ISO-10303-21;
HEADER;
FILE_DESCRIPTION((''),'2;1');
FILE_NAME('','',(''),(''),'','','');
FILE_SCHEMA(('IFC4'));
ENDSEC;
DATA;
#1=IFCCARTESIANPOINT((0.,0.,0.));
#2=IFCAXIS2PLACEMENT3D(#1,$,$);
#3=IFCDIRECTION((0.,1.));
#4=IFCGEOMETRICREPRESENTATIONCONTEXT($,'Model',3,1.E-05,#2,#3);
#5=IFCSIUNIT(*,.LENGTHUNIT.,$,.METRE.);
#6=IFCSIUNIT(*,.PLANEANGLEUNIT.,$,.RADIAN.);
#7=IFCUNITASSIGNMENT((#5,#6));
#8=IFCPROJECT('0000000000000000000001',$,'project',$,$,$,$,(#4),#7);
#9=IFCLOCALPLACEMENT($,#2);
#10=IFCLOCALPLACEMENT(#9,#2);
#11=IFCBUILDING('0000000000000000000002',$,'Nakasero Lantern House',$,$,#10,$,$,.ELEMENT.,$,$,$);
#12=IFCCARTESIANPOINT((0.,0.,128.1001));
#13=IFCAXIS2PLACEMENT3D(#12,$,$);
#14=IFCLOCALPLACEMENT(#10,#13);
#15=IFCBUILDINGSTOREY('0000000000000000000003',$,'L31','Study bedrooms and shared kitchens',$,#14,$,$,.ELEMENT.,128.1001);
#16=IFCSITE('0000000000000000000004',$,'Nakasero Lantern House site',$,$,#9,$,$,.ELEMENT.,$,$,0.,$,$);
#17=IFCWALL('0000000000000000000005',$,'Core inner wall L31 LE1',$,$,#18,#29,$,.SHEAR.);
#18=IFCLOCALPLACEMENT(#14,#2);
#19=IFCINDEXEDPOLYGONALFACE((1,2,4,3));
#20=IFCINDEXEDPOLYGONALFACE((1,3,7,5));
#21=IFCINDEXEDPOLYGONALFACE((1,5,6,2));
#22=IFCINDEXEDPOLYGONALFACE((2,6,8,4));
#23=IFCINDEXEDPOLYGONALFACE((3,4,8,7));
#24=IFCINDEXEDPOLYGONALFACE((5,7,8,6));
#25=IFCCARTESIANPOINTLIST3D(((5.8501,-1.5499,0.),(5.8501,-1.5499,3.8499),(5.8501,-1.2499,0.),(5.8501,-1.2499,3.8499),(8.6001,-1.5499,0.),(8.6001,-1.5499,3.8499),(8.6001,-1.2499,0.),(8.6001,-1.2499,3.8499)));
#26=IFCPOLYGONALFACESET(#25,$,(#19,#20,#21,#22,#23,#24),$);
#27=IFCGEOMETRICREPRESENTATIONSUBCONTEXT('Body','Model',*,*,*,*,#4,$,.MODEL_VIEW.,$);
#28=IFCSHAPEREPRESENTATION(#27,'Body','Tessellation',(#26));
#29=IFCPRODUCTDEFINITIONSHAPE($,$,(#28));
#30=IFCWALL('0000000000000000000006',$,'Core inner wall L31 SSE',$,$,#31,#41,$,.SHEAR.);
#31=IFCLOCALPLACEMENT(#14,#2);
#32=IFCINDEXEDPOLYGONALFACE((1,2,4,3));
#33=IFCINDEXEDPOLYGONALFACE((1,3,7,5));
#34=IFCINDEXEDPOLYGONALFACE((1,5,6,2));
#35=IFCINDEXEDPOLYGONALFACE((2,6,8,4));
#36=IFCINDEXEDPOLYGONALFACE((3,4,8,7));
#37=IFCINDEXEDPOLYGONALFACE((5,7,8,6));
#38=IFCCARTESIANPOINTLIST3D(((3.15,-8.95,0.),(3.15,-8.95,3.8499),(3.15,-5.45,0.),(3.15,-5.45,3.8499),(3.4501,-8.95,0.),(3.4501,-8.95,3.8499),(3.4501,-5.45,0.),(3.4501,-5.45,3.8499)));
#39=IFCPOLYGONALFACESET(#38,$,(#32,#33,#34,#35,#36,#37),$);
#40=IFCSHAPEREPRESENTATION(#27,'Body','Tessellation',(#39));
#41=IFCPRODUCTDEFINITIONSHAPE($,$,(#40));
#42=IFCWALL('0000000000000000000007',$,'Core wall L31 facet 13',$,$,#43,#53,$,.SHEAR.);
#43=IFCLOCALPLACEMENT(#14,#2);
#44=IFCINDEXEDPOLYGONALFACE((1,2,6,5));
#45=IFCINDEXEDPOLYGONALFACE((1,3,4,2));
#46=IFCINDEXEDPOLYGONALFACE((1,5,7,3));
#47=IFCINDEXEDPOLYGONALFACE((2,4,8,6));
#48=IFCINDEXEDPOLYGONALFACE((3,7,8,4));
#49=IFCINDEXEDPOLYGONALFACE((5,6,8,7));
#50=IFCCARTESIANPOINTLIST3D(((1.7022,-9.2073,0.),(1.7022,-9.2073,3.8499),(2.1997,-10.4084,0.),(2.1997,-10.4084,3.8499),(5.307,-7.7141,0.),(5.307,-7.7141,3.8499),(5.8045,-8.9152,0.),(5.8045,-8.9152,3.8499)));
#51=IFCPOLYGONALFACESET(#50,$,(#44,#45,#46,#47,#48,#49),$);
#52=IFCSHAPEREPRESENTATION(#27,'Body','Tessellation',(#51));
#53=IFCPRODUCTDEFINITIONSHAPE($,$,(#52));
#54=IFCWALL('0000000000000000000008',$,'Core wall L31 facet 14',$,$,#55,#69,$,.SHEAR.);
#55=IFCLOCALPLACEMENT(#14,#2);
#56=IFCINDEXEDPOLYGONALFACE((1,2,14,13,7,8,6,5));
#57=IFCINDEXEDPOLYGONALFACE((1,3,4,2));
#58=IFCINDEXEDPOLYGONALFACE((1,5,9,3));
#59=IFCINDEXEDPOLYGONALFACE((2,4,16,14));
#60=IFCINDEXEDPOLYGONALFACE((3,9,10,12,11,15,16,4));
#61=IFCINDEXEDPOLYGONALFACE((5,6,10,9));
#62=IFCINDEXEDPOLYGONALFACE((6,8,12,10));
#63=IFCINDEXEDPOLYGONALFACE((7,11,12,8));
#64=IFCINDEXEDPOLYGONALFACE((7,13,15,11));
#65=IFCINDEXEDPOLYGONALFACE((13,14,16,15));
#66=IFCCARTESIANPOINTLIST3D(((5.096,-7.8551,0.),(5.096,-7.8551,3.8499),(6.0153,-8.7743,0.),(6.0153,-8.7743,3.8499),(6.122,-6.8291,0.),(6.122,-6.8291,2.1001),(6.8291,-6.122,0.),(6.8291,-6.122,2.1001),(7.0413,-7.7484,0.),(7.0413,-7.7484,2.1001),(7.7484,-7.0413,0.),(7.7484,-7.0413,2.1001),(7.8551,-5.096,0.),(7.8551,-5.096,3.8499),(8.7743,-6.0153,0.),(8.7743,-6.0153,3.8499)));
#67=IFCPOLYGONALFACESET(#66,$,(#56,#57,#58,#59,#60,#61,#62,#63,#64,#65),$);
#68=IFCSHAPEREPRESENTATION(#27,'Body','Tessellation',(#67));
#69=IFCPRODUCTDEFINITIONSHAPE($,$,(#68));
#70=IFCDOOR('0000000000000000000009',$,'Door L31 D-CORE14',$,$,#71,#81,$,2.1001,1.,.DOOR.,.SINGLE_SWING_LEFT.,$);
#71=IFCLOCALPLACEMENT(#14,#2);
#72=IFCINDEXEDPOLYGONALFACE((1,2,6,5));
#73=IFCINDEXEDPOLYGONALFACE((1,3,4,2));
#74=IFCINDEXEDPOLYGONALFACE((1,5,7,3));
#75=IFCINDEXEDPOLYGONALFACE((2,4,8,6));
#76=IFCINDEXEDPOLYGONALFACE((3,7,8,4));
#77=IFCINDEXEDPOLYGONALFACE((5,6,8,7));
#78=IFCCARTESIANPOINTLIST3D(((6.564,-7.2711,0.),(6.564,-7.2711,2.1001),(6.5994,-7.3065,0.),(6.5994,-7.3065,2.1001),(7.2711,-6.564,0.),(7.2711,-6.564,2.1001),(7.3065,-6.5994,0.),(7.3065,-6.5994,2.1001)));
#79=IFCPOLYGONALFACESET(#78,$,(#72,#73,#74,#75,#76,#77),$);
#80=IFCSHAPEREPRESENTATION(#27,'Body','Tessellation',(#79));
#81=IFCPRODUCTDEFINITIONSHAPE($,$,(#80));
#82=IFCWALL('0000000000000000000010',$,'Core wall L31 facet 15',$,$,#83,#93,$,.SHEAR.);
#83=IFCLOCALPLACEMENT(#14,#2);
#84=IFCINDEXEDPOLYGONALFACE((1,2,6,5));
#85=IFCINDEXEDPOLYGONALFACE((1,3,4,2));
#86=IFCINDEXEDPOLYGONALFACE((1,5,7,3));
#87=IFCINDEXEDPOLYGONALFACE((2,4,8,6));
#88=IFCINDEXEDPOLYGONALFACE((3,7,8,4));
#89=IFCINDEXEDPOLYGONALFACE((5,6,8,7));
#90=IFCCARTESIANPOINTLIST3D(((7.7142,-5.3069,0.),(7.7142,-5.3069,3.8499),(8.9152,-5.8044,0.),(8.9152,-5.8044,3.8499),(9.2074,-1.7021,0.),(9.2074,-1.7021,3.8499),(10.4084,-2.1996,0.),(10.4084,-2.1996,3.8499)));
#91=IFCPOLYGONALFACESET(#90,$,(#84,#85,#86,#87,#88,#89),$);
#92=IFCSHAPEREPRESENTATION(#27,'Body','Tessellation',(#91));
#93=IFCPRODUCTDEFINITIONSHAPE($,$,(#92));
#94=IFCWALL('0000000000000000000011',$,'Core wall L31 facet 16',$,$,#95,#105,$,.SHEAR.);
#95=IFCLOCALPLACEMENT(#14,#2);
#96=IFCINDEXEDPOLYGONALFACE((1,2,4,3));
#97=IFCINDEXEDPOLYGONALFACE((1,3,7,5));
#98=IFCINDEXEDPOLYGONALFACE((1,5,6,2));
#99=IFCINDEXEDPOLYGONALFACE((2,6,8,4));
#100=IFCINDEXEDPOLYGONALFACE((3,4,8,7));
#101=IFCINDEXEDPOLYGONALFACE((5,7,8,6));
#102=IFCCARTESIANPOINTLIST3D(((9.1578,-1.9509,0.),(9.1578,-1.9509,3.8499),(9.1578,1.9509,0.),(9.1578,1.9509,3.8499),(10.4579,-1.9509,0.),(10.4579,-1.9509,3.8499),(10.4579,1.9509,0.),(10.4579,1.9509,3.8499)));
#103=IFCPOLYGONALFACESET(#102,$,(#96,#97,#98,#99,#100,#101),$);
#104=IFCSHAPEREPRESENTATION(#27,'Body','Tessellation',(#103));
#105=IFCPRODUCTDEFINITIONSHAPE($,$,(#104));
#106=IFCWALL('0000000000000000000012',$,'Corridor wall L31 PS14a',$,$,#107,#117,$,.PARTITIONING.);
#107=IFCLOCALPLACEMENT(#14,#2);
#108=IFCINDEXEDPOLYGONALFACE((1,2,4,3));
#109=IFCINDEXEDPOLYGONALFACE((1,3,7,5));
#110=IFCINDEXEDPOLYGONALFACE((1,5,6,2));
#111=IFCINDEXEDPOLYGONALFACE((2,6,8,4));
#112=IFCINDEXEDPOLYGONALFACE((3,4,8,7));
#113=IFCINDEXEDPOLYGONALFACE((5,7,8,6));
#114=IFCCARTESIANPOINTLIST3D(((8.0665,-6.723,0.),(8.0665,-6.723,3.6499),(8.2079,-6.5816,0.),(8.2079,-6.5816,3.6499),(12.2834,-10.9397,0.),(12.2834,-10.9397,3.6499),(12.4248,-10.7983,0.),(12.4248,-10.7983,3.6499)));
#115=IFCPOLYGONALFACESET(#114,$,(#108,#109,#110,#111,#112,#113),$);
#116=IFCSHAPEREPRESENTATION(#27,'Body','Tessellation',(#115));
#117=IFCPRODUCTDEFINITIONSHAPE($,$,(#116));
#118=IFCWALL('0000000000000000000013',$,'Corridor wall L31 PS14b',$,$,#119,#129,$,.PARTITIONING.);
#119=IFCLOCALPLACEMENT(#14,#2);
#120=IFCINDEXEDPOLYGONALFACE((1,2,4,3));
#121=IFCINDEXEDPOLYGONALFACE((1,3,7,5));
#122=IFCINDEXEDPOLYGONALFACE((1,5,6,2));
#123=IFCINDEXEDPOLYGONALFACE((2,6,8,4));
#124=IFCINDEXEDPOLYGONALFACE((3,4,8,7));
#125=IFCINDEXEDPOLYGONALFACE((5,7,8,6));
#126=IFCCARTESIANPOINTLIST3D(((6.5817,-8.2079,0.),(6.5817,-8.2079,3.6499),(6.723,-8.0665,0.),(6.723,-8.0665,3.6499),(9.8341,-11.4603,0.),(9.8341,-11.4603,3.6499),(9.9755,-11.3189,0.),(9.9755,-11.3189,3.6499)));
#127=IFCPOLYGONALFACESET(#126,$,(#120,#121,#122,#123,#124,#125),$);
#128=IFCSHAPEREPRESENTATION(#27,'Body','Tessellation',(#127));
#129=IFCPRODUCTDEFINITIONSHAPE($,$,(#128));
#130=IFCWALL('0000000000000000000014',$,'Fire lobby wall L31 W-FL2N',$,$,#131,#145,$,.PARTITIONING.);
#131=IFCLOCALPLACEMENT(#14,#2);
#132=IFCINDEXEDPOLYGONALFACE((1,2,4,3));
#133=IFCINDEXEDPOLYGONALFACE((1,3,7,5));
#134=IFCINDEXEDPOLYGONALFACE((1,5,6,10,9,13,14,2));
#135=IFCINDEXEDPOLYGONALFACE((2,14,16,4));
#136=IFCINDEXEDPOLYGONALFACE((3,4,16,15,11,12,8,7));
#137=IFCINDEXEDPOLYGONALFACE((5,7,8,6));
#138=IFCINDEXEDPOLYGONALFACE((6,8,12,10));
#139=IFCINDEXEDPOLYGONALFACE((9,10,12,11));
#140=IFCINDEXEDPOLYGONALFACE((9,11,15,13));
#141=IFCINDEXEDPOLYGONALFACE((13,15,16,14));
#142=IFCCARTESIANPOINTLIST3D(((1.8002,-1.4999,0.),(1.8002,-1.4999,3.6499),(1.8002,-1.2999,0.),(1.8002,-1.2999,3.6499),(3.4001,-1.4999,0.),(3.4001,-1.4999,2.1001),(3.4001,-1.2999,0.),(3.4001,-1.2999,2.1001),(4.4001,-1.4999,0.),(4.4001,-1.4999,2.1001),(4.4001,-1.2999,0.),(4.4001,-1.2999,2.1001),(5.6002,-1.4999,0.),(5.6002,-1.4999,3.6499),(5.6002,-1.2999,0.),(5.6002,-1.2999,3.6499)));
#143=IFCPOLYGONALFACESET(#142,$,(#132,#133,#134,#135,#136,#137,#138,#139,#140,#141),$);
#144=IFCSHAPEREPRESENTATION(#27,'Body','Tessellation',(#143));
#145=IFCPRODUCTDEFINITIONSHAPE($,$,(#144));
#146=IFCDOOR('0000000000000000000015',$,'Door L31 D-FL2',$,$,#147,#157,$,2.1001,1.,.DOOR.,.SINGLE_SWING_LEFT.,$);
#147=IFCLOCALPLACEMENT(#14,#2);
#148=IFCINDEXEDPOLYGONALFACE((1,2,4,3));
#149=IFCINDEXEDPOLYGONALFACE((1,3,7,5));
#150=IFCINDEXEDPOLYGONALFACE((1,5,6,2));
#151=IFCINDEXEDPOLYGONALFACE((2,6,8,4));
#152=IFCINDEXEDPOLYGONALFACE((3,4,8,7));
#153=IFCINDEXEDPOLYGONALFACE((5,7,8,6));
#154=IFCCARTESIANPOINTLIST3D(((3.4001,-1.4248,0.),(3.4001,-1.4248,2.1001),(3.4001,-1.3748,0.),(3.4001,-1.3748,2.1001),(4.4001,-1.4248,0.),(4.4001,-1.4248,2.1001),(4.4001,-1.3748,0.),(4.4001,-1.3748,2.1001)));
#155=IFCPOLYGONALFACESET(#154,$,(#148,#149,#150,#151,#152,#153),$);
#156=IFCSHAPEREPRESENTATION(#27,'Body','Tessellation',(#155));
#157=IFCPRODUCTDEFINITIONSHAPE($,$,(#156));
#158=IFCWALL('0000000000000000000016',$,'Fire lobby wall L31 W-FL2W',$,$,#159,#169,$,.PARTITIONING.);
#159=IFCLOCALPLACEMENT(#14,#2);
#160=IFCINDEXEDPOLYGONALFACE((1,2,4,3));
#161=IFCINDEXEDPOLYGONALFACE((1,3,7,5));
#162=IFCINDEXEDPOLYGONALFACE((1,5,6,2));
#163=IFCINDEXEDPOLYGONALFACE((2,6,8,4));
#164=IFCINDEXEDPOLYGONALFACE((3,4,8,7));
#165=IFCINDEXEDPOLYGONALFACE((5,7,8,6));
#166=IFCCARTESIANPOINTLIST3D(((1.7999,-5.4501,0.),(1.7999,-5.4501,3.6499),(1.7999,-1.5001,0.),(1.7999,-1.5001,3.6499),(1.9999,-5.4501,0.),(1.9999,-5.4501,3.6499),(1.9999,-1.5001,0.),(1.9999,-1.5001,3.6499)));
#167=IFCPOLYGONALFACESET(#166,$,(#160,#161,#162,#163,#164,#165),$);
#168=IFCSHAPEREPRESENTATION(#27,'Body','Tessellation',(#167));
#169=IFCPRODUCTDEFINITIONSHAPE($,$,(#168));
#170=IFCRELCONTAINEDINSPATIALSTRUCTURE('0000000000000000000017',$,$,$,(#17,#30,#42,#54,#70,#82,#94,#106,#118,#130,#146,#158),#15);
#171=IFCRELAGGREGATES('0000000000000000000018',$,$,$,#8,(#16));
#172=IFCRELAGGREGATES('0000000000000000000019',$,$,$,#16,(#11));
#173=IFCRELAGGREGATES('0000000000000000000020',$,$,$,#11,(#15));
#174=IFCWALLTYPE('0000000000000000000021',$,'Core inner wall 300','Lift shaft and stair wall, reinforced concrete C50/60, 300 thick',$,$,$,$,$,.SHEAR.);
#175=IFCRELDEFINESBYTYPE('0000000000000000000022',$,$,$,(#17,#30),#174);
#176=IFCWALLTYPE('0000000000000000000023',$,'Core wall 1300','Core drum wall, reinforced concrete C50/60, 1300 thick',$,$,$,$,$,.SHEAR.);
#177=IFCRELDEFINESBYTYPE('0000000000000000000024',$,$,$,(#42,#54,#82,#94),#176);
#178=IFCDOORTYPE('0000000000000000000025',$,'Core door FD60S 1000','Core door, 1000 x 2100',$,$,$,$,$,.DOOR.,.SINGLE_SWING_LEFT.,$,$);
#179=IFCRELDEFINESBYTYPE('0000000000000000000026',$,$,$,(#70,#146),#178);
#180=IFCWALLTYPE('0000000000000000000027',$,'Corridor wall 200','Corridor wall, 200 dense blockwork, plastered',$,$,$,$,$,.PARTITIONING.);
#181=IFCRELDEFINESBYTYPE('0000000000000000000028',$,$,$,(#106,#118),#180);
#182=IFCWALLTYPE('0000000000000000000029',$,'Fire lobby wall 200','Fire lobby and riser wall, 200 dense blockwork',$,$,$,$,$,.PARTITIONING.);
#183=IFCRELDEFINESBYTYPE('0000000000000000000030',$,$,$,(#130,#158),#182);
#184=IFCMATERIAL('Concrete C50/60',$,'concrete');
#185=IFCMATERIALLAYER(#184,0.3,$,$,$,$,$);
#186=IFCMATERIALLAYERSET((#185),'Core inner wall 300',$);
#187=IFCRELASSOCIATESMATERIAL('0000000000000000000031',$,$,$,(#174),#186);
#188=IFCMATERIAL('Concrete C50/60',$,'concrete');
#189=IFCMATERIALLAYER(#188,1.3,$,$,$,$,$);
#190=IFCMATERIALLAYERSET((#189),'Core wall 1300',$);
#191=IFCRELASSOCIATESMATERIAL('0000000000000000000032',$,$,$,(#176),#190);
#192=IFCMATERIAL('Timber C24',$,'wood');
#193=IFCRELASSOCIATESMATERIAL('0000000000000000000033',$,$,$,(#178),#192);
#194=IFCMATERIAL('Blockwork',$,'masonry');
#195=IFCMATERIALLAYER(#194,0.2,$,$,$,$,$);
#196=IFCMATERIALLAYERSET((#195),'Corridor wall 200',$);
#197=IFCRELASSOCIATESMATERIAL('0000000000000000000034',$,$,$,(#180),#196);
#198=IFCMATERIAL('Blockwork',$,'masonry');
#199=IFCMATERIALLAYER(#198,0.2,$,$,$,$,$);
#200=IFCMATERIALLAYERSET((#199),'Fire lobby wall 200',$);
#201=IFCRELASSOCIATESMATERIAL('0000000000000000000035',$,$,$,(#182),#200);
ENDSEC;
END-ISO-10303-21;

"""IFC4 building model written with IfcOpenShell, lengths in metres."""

from ifc_helpers import new_model, si_unit, direction, frame, frame_2d, origin, place, context, subcontext, project, spatial, rectangle, extrude, material, layer, layer_set, type_object, element, fill, save


model = new_model("IFC4")

# Units and contexts
model_context = context("Model", 3, precision=1e-05, world=origin(), true_north=direction((0.0, 1.0)))
body_context = subcontext(model_context, "Body", "Model", "MODEL_VIEW")
ifc_project = project(units=[si_unit("LENGTHUNIT", "METRE"), si_unit("PLANEANGLEUNIT", "RADIAN")], contexts=[model_context])

# Site, building, storey
site_placement = place(None, origin())
site = spatial("IfcSite", under=ifc_project, at=site_placement, Name="Nakasero Lantern House site", CompositionType="ELEMENT", RefElevation=0.0)
building_placement = place(site_placement, origin())
building = spatial("IfcBuilding", under=site, at=building_placement, Name="Nakasero Lantern House", CompositionType="ELEMENT")
storey_placement = place(building_placement, frame((0.0, 0.0, 128.1001)))
storey = spatial("IfcBuildingStorey", under=building, at=storey_placement, Name="L31", Description="Study bedrooms and shared kitchens", CompositionType="ELEMENT", Elevation=128.1001)

# Shared definitions
ifc_material_1 = material(Name="Concrete C50/60", Category="concrete")
ifc_layer_1 = layer(ifc_material_1, 0.3)
ifc_layer_set_1 = layer_set([ifc_layer_1], Name="Core inner wall 300")
wall_type_1 = type_object("IfcWallType", Name="Core inner wall 300", Description="Lift shaft and stair wall, reinforced concrete C50/60, 300 thick", PredefinedType="SHEAR", material=ifc_layer_set_1)

# Walls
wall_1_placement = place(storey_placement, frame((5.8501, -1.3999, 0.0), z_axis=(0.0, 0.0, 1.0), x_axis=(1.0, 0.0, 0.0)))
element("IfcWall", 1, at=wall_1_placement, inside=storey, type_object=wall_type_1, Name="Core inner wall L31 LE1", PredefinedType="SHEAR", context=body_context, shape_type="SweptSolid", body=[
    extrude(rectangle(XDim=2.75, YDim=0.3, at=frame_2d((1.375, 0.0))), origin(), (0.0, 0.0, 1.0), 3.8499),
])
wall_2_placement = place(storey_placement, frame((3.3, -5.45, 0.0), z_axis=(0.0, 0.0, 1.0), x_axis=(0.0, -1.0, 0.0)))
element("IfcWall", 2, at=wall_2_placement, inside=storey, type_object=wall_type_1, Name="Core inner wall L31 SSE", PredefinedType="SHEAR", context=body_context, shape_type="SweptSolid", body=[
    extrude(rectangle(XDim=3.5, YDim=0.3, at=frame_2d((1.75, 0.0))), origin(), (0.0, 0.0, 1.0), 3.8499),
])
ifc_material_2 = material(Name="Concrete C50/60", Category="concrete")
ifc_layer_2 = layer(ifc_material_2, 1.3)
ifc_layer_set_2 = layer_set([ifc_layer_2], Name="Core wall 1300")
wall_type_2 = type_object("IfcWallType", Name="Core wall 1300", Description="Core drum wall, reinforced concrete C50/60, 1300 thick", PredefinedType="SHEAR", material=ifc_layer_set_2)
wall_3_placement = place(storey_placement, frame((1.9509, -9.8079, 0.0), z_axis=(0.0, 0.0, 1.0), x_axis=(0.923877, 0.382691, 0.0)))
element("IfcWall", 3, at=wall_3_placement, inside=storey, type_object=wall_type_2, Name="Core wall L31 facet 13", PredefinedType="SHEAR", context=body_context, shape_type="SweptSolid", body=[
    extrude(rectangle(XDim=3.9019, YDim=1.3, at=frame_2d((1.9509, 0.0))), origin(), (0.0, 0.0, 1.0), 3.8499),
])

# Wall, opening, door
wall_4_placement = place(storey_placement, frame((5.5557, -8.3147, 0.0), z_axis=(0.0, 0.0, 1.0), x_axis=(0.707107, 0.707107, 0.0)))
wall_4 = element("IfcWall", 4, at=wall_4_placement, inside=storey, type_object=wall_type_2, Name="Core wall L31 facet 14", PredefinedType="SHEAR", context=body_context, shape_type="SweptSolid", body=[
    extrude(rectangle(XDim=3.9019, YDim=1.3, at=frame_2d((1.9509, 0.0))), origin(), (0.0, 0.0, 1.0), 3.8499),
])
opening_1_placement = place(wall_4_placement, frame((1.4509, 0.0, 0.0)))
opening_1 = element("IfcOpeningElement", 5, at=opening_1_placement, cuts=wall_4, PredefinedType="OPENING", context=body_context, shape_type="SweptSolid", body=[
    extrude(rectangle(XDim=1.0, YDim=2.1001, at=frame_2d((0.5, 1.05))), frame((0.0, 0.6699, 0.0), z_axis=(0.0, -1.0, 0.0), x_axis=(1.0, 0.0, 0.0)), (0.0, 0.0, 1.0), 1.3401),
])
ifc_material_3 = material(Name="Timber C24", Category="wood")
door_type_1 = type_object("IfcDoorType", Name="Core door FD60S 1000", Description="Core door, 1000 x 2100", OperationType="SINGLE_SWING_LEFT", PredefinedType="DOOR", material=ifc_material_3)
door_1_placement = place(opening_1_placement, origin())
door_1 = element("IfcDoor", 6, at=door_1_placement, inside=storey, type_object=door_type_1, Name="Door L31 D-CORE14", OperationType="SINGLE_SWING_LEFT", OverallHeight=2.1001, OverallWidth=1.0, PredefinedType="DOOR", context=body_context, shape_type="SweptSolid", body=[
    extrude(rectangle(XDim=1.0, YDim=2.1001, at=frame_2d((0.5, 1.05))), frame((0.0, 0.0249, 0.0), z_axis=(0.0, -1.0, 0.0), x_axis=(1.0, 0.0, 0.0)), (0.0, 0.0, 1.0), 0.05),
])
fill(opening_1, door_1)

# Walls
for number, where, z_axis, x_axis, name in (
    (7, (8.3147, -5.5557, 0.0), (0.0, 0.0, 1.0), (0.382691, 0.923877, 0.0), "Core wall L31 facet 15"),
    (8, (9.8079, -1.9509, 0.0), (0.0, 0.0, 1.0), (0.0, 1.0, 0.0), "Core wall L31 facet 16"),
):
    element("IfcWall", number, at=place(storey_placement, frame(where, z_axis=z_axis, x_axis=x_axis)), inside=storey, type_object=wall_type_2, Name=name, PredefinedType="SHEAR", context=body_context, shape_type="SweptSolid", body=[
        extrude(rectangle(XDim=3.9019, YDim=1.3, at=frame_2d((1.9509, 0.0))), origin(), (0.0, 0.0, 1.0), 3.8499),
    ])
ifc_material_4 = material(Name="Blockwork", Category="masonry")
ifc_layer_3 = layer(ifc_material_4, 0.2)
ifc_layer_set_3 = layer_set([ifc_layer_3], Name="Corridor wall 200")
wall_type_3 = type_object("IfcWallType", Name="Corridor wall 200", Description="Corridor wall, 200 dense blockwork, plastered", PredefinedType="PARTITIONING", material=ifc_layer_set_3)
wall_5_placement = place(storey_placement, frame((8.1372, -6.6523, 0.0), z_axis=(0.0, 0.0, 1.0), x_axis=(0.707127, -0.707086, 0.0)))
element("IfcWall", 9, at=wall_5_placement, inside=storey, type_object=wall_type_3, Name="Corridor wall L31 PS14a", PredefinedType="PARTITIONING", context=body_context, shape_type="SweptSolid", body=[
    extrude(rectangle(XDim=5.9634, YDim=0.2, at=frame_2d((2.9817, 0.0))), origin(), (0.0, 0.0, 1.0), 3.6499),
])
wall_6_placement = place(storey_placement, frame((6.6523, -8.1372, 0.0), z_axis=(0.0, 0.0, 1.0), x_axis=(0.707107, -0.707107, 0.0)))
element("IfcWall", 10, at=wall_6_placement, inside=storey, type_object=wall_type_3, Name="Corridor wall L31 PS14b", PredefinedType="PARTITIONING", context=body_context, shape_type="SweptSolid", body=[
    extrude(rectangle(XDim=4.5996, YDim=0.2, at=frame_2d((2.2998, 0.0))), origin(), (0.0, 0.0, 1.0), 3.6499),
])

# Wall, opening, door
ifc_material_5 = material(Name="Blockwork", Category="masonry")
ifc_layer_4 = layer(ifc_material_5, 0.2)
ifc_layer_set_4 = layer_set([ifc_layer_4], Name="Fire lobby wall 200")
wall_type_4 = type_object("IfcWallType", Name="Fire lobby wall 200", Description="Fire lobby and riser wall, 200 dense blockwork", PredefinedType="PARTITIONING", material=ifc_layer_set_4)
wall_7_placement = place(storey_placement, frame((5.6001, -1.3999, 0.0), z_axis=(0.0, 0.0, 1.0), x_axis=(-1.0, 0.0, 0.0)))
wall_7 = element("IfcWall", 11, at=wall_7_placement, inside=storey, type_object=wall_type_4, Name="Fire lobby wall L31 W-FL2N", PredefinedType="PARTITIONING", context=body_context, shape_type="SweptSolid", body=[
    extrude(rectangle(XDim=3.8, YDim=0.2, at=frame_2d((1.8999, 0.0))), origin(), (0.0, 0.0, 1.0), 3.6499),
])
opening_2_placement = place(wall_7_placement, frame((1.2, 0.0, 0.0)))
opening_2 = element("IfcOpeningElement", 12, at=opening_2_placement, cuts=wall_7, PredefinedType="OPENING", context=body_context, shape_type="SweptSolid", body=[
    extrude(rectangle(XDim=1.0, YDim=2.1001, at=frame_2d((0.5, 1.05))), frame((0.0, 0.1199, 0.0), z_axis=(0.0, -1.0, 0.0), x_axis=(1.0, 0.0, 0.0)), (0.0, 0.0, 1.0), 0.24),
])
door_2_placement = place(opening_2_placement, origin())
door_2 = element("IfcDoor", 13, at=door_2_placement, inside=storey, type_object=door_type_1, Name="Door L31 D-FL2", OperationType="SINGLE_SWING_LEFT", OverallHeight=2.1001, OverallWidth=1.0, PredefinedType="DOOR", context=body_context, shape_type="SweptSolid", body=[
    extrude(rectangle(XDim=1.0, YDim=2.1001, at=frame_2d((0.5, 1.05))), frame((0.0, 0.0249, 0.0), z_axis=(0.0, -1.0, 0.0), x_axis=(1.0, 0.0, 0.0)), (0.0, 0.0, 1.0), 0.05),
])
fill(opening_2, door_2)

# Wall
wall_8_placement = place(storey_placement, frame((1.8999, -1.5, 0.0), z_axis=(0.0, 0.0, 1.0), x_axis=(0.0, -1.0, 0.0)))
element("IfcWall", 14, at=wall_8_placement, inside=storey, type_object=wall_type_4, Name="Fire lobby wall L31 W-FL2W", PredefinedType="PARTITIONING", context=body_context, shape_type="SweptSolid", body=[
    extrude(rectangle(XDim=3.95, YDim=0.2, at=frame_2d((1.9751, 0.0))), origin(), (0.0, 0.0, 1.0), 3.6499),
])

save(model, "model.ifc")
